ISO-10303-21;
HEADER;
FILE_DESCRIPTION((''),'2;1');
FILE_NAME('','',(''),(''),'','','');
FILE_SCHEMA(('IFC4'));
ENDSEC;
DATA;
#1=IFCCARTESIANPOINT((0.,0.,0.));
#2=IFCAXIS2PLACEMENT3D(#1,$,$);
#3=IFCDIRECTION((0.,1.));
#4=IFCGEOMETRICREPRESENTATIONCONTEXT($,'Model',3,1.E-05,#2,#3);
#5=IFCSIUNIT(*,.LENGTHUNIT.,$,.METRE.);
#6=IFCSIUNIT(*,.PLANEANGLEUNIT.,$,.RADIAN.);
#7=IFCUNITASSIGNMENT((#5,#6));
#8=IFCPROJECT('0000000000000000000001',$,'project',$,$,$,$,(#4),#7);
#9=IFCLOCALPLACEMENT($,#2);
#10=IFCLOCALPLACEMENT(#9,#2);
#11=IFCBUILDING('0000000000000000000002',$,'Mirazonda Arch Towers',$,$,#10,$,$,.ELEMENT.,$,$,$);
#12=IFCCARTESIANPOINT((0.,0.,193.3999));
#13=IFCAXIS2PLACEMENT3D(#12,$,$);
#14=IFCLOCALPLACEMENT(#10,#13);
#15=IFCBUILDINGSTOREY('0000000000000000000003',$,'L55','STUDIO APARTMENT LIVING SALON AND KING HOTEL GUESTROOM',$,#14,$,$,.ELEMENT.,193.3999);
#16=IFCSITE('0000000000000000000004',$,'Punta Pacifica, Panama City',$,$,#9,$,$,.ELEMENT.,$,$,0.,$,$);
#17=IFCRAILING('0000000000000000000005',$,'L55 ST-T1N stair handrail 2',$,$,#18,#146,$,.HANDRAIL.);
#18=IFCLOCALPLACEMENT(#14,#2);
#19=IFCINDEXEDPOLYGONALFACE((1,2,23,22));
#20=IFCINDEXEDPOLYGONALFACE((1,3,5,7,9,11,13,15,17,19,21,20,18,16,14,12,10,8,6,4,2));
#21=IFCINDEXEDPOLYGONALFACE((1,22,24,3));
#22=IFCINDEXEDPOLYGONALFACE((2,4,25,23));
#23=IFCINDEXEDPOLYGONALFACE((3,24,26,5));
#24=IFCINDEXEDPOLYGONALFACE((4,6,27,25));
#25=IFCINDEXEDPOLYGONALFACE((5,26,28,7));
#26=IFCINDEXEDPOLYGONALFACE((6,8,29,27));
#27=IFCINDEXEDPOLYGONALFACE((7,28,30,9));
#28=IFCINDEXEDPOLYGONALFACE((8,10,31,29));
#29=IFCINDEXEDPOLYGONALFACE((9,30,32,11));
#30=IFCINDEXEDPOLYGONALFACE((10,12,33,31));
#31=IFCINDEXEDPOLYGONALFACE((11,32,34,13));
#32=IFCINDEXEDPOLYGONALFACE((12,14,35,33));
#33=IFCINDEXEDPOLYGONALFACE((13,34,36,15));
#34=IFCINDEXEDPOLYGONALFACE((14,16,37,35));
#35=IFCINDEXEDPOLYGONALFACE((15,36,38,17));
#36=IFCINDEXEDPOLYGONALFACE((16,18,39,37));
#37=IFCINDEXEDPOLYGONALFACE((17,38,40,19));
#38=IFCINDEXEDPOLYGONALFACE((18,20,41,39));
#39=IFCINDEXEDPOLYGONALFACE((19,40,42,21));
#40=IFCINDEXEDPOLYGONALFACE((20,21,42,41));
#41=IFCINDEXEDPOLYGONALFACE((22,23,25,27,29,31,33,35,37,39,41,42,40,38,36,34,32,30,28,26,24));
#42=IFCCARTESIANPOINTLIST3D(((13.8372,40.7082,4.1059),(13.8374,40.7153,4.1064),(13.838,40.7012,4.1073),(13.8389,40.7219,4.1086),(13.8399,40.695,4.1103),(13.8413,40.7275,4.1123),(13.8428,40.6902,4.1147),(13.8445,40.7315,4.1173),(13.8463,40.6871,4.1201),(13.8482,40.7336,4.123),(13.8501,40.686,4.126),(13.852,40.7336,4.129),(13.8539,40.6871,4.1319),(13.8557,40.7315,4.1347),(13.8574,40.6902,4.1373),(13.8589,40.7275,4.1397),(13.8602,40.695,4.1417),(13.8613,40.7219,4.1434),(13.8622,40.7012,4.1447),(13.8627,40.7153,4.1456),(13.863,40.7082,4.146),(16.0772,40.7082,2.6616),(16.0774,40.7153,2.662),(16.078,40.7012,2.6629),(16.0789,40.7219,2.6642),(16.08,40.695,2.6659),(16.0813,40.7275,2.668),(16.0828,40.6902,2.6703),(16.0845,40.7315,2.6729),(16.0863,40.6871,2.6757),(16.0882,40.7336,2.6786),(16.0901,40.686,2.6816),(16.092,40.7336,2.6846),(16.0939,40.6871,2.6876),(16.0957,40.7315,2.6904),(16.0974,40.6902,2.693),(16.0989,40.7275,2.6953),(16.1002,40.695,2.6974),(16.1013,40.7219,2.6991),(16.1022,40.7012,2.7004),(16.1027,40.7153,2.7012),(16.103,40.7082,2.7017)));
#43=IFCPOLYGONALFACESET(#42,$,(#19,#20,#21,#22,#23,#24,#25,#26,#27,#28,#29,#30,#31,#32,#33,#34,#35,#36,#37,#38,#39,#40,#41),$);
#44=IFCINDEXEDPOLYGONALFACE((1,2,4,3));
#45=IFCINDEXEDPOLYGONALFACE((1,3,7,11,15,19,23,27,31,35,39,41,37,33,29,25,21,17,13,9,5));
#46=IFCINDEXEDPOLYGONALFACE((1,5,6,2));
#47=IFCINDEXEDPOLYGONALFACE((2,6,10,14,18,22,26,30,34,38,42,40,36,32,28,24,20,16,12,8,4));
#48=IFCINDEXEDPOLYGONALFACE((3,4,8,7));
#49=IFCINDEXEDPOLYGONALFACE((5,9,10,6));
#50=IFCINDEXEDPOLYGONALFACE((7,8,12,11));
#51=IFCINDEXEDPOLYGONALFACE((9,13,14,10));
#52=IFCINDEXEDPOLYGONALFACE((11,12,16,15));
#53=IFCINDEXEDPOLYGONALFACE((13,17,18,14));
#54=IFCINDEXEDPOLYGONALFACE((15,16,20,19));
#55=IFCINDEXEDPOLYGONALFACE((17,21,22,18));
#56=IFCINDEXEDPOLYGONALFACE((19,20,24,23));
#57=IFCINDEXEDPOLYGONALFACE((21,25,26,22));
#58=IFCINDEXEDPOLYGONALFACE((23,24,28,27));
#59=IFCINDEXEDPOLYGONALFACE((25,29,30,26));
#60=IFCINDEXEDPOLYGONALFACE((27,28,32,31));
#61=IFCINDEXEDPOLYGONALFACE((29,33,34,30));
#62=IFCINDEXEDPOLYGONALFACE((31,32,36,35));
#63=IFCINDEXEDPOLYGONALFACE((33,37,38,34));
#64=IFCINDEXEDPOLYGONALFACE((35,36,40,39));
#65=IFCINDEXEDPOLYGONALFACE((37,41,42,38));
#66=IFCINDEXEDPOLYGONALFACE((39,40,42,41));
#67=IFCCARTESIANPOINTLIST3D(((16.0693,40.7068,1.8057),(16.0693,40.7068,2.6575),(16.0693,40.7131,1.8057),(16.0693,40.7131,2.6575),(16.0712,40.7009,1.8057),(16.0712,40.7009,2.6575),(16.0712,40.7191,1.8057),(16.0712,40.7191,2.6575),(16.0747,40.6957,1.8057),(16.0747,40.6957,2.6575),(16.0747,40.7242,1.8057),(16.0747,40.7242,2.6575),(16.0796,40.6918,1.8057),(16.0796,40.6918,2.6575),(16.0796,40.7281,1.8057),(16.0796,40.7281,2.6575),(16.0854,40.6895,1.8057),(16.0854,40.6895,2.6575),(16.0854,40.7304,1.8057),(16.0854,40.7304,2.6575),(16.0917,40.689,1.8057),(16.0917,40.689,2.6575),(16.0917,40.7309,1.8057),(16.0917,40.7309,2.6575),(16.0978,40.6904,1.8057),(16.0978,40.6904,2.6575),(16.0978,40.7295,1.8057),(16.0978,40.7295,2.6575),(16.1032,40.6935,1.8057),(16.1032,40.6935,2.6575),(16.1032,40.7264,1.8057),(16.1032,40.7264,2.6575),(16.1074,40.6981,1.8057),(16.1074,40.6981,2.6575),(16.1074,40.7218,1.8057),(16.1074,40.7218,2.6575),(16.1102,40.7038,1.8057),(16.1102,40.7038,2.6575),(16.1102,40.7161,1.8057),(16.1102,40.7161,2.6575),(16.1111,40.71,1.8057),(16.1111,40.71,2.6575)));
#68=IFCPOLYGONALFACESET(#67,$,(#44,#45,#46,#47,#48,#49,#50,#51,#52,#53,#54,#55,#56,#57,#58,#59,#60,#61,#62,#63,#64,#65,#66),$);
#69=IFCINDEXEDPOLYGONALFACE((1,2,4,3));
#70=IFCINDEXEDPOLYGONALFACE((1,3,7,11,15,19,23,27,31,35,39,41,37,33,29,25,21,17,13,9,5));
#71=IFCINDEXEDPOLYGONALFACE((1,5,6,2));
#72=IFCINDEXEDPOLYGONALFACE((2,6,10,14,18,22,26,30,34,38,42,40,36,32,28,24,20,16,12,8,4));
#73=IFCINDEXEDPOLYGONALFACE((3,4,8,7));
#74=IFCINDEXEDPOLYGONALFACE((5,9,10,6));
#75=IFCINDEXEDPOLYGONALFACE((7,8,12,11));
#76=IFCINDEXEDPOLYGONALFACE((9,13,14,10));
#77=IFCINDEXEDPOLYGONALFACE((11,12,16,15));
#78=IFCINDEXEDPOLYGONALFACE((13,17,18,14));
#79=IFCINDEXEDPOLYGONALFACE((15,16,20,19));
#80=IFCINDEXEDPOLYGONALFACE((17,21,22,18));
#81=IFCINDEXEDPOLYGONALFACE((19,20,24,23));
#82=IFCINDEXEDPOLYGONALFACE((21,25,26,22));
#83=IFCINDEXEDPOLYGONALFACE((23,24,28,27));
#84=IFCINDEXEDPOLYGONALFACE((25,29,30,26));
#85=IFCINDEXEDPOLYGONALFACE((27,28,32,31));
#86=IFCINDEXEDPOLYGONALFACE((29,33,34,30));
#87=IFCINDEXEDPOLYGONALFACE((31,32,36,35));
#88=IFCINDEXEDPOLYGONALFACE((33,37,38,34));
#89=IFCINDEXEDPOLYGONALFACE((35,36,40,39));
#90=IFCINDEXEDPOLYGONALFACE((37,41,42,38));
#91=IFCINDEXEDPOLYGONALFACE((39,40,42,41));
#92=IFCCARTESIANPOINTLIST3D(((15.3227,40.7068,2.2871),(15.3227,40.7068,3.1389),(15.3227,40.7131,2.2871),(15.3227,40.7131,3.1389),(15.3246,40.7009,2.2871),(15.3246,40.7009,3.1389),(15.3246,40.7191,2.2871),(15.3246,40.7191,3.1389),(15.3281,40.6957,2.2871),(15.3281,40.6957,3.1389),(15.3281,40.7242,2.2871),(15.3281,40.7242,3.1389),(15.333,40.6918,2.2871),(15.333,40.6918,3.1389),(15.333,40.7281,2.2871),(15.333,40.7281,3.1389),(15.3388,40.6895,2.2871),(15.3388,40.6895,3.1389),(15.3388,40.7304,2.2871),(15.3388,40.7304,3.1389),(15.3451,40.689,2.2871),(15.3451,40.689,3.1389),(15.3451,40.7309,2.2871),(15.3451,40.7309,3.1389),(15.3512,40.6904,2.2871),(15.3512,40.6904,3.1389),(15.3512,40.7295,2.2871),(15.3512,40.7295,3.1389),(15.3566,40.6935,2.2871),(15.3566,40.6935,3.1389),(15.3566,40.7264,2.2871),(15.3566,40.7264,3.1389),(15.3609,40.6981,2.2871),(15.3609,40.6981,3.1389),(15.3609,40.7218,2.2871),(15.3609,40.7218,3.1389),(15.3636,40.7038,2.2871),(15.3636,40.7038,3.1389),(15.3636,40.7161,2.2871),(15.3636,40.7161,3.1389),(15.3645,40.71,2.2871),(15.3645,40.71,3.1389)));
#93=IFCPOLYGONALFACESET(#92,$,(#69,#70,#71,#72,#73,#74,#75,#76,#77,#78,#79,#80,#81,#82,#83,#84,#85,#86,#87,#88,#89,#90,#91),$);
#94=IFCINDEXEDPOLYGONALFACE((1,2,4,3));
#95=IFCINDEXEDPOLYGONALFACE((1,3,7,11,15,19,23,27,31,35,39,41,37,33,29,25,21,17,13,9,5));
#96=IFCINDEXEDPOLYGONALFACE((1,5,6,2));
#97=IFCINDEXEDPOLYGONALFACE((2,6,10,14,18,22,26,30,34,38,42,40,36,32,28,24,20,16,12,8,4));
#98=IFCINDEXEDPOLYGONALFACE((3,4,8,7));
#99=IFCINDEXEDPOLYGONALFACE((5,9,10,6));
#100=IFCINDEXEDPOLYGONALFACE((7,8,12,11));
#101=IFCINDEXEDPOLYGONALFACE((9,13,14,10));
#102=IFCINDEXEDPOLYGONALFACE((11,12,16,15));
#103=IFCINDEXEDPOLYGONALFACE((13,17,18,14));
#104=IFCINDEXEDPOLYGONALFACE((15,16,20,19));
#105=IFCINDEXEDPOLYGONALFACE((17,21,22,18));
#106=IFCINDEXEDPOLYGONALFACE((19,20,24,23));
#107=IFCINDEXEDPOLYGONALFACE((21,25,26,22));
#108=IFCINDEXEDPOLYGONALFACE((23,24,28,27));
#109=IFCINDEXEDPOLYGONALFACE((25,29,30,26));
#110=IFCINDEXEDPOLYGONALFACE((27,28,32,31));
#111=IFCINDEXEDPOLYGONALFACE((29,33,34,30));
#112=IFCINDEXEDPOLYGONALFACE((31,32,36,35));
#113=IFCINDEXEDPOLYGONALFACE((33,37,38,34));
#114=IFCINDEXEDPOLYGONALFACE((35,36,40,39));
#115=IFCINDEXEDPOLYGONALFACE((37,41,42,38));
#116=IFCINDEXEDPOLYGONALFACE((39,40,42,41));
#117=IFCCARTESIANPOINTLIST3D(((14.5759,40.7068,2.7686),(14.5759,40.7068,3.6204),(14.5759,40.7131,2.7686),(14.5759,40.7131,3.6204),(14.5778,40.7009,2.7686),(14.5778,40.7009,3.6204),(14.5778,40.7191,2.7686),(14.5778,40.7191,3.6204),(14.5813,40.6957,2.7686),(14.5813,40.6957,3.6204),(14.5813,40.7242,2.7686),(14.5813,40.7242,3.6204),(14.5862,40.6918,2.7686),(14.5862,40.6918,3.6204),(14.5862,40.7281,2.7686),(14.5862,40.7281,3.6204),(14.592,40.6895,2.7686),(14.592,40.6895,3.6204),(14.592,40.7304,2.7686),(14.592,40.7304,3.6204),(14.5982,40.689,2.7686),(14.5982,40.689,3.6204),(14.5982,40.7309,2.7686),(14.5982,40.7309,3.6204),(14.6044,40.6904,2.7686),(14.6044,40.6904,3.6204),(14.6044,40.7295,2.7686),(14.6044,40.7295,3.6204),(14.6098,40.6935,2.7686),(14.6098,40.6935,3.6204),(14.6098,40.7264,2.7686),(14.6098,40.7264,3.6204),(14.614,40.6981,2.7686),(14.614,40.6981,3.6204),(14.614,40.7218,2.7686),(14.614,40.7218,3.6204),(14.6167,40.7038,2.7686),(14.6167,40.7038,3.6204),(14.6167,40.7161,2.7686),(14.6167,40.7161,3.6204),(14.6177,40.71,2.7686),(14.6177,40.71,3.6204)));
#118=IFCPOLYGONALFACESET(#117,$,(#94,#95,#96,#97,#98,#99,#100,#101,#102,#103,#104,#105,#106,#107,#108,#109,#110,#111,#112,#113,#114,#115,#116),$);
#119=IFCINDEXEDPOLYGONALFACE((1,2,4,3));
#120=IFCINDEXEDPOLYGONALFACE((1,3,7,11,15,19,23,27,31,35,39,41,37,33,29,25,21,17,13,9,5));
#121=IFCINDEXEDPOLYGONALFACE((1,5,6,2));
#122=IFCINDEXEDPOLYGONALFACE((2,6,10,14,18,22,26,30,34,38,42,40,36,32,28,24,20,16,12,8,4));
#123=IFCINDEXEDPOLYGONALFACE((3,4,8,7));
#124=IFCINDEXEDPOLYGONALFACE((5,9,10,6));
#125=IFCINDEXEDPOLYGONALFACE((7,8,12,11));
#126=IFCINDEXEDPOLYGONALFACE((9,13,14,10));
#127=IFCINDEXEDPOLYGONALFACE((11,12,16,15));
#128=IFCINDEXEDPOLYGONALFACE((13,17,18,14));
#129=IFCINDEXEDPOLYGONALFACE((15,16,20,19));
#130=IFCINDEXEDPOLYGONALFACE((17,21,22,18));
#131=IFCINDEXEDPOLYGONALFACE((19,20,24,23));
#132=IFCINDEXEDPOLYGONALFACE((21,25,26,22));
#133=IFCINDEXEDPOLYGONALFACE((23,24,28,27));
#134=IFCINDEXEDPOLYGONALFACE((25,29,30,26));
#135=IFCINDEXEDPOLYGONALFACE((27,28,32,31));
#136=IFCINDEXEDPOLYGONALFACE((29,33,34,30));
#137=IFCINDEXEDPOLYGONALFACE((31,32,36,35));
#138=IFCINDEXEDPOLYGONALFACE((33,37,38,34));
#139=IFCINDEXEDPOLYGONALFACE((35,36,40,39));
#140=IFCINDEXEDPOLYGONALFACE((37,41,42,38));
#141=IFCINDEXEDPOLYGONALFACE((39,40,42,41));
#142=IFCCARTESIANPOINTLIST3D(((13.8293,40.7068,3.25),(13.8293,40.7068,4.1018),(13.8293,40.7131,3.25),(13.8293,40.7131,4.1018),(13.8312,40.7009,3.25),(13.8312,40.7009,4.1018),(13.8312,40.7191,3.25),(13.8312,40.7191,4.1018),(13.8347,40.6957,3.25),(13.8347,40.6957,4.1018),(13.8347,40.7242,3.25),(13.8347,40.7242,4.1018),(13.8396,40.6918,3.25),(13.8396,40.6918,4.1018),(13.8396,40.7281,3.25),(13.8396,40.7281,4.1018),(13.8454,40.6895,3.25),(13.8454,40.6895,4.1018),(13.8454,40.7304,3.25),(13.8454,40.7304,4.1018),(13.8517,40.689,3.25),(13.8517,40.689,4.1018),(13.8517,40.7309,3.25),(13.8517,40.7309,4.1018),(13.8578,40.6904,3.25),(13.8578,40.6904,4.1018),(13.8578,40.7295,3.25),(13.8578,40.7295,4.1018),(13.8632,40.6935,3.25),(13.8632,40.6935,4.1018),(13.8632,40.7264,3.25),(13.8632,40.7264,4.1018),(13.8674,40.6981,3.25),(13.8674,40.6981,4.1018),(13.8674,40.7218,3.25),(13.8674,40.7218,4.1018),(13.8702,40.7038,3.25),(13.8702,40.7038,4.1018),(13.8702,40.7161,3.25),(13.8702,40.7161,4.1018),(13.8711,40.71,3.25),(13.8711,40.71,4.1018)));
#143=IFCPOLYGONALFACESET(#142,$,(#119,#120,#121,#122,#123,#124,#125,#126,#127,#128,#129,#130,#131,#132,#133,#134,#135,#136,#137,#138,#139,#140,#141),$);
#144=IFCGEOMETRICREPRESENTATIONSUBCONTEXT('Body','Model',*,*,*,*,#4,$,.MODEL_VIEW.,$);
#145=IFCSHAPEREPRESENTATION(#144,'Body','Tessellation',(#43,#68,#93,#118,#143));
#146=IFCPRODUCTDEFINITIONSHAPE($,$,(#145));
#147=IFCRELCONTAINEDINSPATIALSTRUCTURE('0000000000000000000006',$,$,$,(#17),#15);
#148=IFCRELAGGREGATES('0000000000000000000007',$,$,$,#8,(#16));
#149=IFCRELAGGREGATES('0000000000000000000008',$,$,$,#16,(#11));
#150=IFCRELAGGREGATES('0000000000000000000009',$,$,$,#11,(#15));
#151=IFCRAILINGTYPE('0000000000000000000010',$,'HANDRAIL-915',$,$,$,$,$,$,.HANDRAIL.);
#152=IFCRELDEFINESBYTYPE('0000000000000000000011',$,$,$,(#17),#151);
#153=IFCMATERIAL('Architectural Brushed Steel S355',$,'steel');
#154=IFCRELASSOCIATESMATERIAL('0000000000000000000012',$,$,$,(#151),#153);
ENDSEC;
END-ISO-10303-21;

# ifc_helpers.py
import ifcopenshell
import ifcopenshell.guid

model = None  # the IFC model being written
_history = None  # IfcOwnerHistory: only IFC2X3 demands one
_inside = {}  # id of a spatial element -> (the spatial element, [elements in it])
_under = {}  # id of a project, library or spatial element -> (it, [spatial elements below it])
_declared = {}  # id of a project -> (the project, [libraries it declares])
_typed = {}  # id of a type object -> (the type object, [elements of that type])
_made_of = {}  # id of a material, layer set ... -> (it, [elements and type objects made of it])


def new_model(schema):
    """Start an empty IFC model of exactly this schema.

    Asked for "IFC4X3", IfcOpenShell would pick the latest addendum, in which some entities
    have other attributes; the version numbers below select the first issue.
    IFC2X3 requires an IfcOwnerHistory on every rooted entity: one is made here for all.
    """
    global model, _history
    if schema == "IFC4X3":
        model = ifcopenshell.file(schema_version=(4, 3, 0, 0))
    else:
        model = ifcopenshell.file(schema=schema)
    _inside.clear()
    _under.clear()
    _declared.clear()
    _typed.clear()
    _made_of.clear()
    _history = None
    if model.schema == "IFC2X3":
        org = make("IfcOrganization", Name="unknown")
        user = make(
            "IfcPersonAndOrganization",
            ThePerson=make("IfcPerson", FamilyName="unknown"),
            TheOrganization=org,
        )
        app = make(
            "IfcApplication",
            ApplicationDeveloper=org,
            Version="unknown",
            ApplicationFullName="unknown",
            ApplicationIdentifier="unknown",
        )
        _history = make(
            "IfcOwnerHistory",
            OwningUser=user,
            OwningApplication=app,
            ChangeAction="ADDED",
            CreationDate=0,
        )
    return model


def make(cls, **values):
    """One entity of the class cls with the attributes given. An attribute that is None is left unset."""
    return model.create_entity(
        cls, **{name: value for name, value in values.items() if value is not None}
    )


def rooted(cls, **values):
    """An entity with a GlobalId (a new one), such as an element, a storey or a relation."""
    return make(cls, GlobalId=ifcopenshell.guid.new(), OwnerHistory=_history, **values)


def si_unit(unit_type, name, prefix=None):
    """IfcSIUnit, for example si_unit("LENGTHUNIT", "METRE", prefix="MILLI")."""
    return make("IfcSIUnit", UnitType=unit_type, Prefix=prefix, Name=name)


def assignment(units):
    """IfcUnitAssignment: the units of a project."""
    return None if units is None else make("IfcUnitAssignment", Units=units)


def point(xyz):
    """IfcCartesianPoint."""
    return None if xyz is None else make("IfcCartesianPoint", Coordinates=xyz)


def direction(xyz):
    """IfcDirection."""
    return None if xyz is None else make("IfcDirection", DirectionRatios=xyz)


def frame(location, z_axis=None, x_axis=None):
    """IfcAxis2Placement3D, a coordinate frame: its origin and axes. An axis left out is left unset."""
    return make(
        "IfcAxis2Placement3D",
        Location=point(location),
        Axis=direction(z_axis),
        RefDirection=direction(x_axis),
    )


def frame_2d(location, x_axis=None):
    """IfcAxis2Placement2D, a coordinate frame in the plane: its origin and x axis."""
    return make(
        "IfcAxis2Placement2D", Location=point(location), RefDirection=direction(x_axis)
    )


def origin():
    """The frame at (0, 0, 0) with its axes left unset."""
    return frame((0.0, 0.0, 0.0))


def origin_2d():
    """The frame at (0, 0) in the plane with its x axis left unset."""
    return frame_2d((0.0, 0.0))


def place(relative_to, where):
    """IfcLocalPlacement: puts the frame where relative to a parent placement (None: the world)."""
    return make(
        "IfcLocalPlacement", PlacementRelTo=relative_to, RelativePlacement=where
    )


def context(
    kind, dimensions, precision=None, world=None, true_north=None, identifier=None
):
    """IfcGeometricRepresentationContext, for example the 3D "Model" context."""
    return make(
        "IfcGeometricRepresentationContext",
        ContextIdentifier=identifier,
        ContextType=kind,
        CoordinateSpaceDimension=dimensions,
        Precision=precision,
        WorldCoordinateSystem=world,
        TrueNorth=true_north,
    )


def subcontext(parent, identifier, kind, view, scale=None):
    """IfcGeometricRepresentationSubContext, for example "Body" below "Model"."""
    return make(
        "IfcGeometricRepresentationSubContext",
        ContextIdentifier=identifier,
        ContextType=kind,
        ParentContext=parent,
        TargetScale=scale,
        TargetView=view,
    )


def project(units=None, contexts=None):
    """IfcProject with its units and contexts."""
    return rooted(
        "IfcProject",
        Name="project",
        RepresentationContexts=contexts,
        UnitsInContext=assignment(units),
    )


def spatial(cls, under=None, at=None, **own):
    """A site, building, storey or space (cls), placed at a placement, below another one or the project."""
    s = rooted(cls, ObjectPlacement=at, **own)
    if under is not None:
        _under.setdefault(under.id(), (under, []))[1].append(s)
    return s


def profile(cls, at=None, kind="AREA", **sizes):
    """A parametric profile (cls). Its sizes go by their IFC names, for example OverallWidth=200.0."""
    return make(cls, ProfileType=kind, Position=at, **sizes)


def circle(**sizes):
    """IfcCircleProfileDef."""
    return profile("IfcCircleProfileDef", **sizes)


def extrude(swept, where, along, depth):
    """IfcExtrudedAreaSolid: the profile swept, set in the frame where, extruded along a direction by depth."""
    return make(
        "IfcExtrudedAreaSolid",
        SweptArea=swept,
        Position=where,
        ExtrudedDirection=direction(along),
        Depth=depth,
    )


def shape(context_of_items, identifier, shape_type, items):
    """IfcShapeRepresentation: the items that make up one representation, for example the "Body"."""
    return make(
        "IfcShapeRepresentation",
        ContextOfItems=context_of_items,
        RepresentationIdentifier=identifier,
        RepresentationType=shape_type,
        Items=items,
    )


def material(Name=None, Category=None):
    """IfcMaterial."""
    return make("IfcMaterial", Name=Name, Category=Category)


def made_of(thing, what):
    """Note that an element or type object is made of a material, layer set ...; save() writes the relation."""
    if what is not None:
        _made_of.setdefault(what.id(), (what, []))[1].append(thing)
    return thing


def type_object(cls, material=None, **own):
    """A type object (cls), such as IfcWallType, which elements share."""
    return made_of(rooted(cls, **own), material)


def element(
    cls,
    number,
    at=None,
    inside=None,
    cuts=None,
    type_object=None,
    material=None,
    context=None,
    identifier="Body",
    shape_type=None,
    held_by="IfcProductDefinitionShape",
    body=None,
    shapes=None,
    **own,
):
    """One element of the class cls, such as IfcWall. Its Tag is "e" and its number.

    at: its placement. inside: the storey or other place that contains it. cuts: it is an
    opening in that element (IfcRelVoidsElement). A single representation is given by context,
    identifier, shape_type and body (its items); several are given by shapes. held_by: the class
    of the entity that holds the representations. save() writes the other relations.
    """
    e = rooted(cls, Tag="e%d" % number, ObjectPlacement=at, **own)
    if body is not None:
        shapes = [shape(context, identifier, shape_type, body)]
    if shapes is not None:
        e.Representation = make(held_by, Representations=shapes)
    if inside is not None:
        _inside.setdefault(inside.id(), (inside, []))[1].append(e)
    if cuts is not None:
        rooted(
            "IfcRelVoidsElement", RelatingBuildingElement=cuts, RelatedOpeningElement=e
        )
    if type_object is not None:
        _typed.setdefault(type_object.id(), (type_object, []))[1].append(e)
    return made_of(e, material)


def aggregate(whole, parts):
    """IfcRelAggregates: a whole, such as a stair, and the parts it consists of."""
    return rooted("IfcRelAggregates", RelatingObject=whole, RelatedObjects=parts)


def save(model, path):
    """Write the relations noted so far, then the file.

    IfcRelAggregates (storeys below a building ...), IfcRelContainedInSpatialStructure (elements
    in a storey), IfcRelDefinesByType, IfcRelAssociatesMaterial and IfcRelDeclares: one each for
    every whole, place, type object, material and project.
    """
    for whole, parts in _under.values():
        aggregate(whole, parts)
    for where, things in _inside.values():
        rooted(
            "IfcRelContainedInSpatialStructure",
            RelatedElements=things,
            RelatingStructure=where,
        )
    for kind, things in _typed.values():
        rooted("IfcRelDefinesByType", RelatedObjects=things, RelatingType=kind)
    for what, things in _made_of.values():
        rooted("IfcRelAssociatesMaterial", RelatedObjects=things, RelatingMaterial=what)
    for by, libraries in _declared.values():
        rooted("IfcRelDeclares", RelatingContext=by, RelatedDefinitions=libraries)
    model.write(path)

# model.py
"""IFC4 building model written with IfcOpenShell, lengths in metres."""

from ifc_helpers import new_model, si_unit, direction, frame, origin, origin_2d, place, context, subcontext, project, spatial, circle, extrude, material, type_object, element, save


model = new_model("IFC4")

# Units and contexts
model_context = context("Model", 3, precision=1e-05, world=origin(), true_north=direction((0.0, 1.0)))
body_context = subcontext(model_context, "Body", "Model", "MODEL_VIEW")
ifc_project = project(units=[si_unit("LENGTHUNIT", "METRE"), si_unit("PLANEANGLEUNIT", "RADIAN")], contexts=[model_context])

# Site, building, storey
site_placement = place(None, origin())
site = spatial("IfcSite", under=ifc_project, at=site_placement, Name="Punta Pacifica, Panama City", CompositionType="ELEMENT", RefElevation=0.0)
building_placement = place(site_placement, origin())
building = spatial("IfcBuilding", under=site, at=building_placement, Name="Mirazonda Arch Towers", CompositionType="ELEMENT")
storey_placement = place(building_placement, frame((0.0, 0.0, 193.3999)))
storey = spatial("IfcBuildingStorey", under=building, at=storey_placement, Name="L55", Description="STUDIO APARTMENT LIVING SALON AND KING HOTEL GUESTROOM", CompositionType="ELEMENT", Elevation=193.3999)

# Railing
ifc_material_1 = material(Name="Architectural Brushed Steel S355", Category="steel")
railing_type_1 = type_object("IfcRailingType", Name="HANDRAIL-915", PredefinedType="HANDRAIL", material=ifc_material_1)
railing_1_placement = place(storey_placement, frame((16.0901, 40.71, 1.8057)))
element("IfcRailing", 1, at=railing_1_placement, inside=storey, type_object=railing_type_1, Name="L55 ST-T1N stair handrail 2", PredefinedType="HANDRAIL", context=body_context, shape_type="SweptSolid", body=[
    extrude(circle(Radius=0.0239, at=origin_2d()), frame((0.0, 0.0, 0.876), z_axis=(-0.840437, 0.0, 0.54191), x_axis=(0.0, -1.0, 0.0)), (0.0, 0.0, 1.0), 2.6653),
    extrude(circle(Radius=0.021, at=origin_2d()), origin(), (0.0, 0.0, 1.0), 0.8518),
    extrude(circle(Radius=0.021, at=origin_2d()), frame((-0.7466, 0.0, 0.4814)), (0.0, 0.0, 1.0), 0.8518),
    extrude(circle(Radius=0.021, at=origin_2d()), frame((-1.4934, 0.0, 0.9629)), (0.0, 0.0, 1.0), 0.8518),
    extrude(circle(Radius=0.021, at=origin_2d()), frame((-2.24, 0.0, 1.4443)), (0.0, 0.0, 1.0), 0.8518),
])

save(model, "model.ifc")
